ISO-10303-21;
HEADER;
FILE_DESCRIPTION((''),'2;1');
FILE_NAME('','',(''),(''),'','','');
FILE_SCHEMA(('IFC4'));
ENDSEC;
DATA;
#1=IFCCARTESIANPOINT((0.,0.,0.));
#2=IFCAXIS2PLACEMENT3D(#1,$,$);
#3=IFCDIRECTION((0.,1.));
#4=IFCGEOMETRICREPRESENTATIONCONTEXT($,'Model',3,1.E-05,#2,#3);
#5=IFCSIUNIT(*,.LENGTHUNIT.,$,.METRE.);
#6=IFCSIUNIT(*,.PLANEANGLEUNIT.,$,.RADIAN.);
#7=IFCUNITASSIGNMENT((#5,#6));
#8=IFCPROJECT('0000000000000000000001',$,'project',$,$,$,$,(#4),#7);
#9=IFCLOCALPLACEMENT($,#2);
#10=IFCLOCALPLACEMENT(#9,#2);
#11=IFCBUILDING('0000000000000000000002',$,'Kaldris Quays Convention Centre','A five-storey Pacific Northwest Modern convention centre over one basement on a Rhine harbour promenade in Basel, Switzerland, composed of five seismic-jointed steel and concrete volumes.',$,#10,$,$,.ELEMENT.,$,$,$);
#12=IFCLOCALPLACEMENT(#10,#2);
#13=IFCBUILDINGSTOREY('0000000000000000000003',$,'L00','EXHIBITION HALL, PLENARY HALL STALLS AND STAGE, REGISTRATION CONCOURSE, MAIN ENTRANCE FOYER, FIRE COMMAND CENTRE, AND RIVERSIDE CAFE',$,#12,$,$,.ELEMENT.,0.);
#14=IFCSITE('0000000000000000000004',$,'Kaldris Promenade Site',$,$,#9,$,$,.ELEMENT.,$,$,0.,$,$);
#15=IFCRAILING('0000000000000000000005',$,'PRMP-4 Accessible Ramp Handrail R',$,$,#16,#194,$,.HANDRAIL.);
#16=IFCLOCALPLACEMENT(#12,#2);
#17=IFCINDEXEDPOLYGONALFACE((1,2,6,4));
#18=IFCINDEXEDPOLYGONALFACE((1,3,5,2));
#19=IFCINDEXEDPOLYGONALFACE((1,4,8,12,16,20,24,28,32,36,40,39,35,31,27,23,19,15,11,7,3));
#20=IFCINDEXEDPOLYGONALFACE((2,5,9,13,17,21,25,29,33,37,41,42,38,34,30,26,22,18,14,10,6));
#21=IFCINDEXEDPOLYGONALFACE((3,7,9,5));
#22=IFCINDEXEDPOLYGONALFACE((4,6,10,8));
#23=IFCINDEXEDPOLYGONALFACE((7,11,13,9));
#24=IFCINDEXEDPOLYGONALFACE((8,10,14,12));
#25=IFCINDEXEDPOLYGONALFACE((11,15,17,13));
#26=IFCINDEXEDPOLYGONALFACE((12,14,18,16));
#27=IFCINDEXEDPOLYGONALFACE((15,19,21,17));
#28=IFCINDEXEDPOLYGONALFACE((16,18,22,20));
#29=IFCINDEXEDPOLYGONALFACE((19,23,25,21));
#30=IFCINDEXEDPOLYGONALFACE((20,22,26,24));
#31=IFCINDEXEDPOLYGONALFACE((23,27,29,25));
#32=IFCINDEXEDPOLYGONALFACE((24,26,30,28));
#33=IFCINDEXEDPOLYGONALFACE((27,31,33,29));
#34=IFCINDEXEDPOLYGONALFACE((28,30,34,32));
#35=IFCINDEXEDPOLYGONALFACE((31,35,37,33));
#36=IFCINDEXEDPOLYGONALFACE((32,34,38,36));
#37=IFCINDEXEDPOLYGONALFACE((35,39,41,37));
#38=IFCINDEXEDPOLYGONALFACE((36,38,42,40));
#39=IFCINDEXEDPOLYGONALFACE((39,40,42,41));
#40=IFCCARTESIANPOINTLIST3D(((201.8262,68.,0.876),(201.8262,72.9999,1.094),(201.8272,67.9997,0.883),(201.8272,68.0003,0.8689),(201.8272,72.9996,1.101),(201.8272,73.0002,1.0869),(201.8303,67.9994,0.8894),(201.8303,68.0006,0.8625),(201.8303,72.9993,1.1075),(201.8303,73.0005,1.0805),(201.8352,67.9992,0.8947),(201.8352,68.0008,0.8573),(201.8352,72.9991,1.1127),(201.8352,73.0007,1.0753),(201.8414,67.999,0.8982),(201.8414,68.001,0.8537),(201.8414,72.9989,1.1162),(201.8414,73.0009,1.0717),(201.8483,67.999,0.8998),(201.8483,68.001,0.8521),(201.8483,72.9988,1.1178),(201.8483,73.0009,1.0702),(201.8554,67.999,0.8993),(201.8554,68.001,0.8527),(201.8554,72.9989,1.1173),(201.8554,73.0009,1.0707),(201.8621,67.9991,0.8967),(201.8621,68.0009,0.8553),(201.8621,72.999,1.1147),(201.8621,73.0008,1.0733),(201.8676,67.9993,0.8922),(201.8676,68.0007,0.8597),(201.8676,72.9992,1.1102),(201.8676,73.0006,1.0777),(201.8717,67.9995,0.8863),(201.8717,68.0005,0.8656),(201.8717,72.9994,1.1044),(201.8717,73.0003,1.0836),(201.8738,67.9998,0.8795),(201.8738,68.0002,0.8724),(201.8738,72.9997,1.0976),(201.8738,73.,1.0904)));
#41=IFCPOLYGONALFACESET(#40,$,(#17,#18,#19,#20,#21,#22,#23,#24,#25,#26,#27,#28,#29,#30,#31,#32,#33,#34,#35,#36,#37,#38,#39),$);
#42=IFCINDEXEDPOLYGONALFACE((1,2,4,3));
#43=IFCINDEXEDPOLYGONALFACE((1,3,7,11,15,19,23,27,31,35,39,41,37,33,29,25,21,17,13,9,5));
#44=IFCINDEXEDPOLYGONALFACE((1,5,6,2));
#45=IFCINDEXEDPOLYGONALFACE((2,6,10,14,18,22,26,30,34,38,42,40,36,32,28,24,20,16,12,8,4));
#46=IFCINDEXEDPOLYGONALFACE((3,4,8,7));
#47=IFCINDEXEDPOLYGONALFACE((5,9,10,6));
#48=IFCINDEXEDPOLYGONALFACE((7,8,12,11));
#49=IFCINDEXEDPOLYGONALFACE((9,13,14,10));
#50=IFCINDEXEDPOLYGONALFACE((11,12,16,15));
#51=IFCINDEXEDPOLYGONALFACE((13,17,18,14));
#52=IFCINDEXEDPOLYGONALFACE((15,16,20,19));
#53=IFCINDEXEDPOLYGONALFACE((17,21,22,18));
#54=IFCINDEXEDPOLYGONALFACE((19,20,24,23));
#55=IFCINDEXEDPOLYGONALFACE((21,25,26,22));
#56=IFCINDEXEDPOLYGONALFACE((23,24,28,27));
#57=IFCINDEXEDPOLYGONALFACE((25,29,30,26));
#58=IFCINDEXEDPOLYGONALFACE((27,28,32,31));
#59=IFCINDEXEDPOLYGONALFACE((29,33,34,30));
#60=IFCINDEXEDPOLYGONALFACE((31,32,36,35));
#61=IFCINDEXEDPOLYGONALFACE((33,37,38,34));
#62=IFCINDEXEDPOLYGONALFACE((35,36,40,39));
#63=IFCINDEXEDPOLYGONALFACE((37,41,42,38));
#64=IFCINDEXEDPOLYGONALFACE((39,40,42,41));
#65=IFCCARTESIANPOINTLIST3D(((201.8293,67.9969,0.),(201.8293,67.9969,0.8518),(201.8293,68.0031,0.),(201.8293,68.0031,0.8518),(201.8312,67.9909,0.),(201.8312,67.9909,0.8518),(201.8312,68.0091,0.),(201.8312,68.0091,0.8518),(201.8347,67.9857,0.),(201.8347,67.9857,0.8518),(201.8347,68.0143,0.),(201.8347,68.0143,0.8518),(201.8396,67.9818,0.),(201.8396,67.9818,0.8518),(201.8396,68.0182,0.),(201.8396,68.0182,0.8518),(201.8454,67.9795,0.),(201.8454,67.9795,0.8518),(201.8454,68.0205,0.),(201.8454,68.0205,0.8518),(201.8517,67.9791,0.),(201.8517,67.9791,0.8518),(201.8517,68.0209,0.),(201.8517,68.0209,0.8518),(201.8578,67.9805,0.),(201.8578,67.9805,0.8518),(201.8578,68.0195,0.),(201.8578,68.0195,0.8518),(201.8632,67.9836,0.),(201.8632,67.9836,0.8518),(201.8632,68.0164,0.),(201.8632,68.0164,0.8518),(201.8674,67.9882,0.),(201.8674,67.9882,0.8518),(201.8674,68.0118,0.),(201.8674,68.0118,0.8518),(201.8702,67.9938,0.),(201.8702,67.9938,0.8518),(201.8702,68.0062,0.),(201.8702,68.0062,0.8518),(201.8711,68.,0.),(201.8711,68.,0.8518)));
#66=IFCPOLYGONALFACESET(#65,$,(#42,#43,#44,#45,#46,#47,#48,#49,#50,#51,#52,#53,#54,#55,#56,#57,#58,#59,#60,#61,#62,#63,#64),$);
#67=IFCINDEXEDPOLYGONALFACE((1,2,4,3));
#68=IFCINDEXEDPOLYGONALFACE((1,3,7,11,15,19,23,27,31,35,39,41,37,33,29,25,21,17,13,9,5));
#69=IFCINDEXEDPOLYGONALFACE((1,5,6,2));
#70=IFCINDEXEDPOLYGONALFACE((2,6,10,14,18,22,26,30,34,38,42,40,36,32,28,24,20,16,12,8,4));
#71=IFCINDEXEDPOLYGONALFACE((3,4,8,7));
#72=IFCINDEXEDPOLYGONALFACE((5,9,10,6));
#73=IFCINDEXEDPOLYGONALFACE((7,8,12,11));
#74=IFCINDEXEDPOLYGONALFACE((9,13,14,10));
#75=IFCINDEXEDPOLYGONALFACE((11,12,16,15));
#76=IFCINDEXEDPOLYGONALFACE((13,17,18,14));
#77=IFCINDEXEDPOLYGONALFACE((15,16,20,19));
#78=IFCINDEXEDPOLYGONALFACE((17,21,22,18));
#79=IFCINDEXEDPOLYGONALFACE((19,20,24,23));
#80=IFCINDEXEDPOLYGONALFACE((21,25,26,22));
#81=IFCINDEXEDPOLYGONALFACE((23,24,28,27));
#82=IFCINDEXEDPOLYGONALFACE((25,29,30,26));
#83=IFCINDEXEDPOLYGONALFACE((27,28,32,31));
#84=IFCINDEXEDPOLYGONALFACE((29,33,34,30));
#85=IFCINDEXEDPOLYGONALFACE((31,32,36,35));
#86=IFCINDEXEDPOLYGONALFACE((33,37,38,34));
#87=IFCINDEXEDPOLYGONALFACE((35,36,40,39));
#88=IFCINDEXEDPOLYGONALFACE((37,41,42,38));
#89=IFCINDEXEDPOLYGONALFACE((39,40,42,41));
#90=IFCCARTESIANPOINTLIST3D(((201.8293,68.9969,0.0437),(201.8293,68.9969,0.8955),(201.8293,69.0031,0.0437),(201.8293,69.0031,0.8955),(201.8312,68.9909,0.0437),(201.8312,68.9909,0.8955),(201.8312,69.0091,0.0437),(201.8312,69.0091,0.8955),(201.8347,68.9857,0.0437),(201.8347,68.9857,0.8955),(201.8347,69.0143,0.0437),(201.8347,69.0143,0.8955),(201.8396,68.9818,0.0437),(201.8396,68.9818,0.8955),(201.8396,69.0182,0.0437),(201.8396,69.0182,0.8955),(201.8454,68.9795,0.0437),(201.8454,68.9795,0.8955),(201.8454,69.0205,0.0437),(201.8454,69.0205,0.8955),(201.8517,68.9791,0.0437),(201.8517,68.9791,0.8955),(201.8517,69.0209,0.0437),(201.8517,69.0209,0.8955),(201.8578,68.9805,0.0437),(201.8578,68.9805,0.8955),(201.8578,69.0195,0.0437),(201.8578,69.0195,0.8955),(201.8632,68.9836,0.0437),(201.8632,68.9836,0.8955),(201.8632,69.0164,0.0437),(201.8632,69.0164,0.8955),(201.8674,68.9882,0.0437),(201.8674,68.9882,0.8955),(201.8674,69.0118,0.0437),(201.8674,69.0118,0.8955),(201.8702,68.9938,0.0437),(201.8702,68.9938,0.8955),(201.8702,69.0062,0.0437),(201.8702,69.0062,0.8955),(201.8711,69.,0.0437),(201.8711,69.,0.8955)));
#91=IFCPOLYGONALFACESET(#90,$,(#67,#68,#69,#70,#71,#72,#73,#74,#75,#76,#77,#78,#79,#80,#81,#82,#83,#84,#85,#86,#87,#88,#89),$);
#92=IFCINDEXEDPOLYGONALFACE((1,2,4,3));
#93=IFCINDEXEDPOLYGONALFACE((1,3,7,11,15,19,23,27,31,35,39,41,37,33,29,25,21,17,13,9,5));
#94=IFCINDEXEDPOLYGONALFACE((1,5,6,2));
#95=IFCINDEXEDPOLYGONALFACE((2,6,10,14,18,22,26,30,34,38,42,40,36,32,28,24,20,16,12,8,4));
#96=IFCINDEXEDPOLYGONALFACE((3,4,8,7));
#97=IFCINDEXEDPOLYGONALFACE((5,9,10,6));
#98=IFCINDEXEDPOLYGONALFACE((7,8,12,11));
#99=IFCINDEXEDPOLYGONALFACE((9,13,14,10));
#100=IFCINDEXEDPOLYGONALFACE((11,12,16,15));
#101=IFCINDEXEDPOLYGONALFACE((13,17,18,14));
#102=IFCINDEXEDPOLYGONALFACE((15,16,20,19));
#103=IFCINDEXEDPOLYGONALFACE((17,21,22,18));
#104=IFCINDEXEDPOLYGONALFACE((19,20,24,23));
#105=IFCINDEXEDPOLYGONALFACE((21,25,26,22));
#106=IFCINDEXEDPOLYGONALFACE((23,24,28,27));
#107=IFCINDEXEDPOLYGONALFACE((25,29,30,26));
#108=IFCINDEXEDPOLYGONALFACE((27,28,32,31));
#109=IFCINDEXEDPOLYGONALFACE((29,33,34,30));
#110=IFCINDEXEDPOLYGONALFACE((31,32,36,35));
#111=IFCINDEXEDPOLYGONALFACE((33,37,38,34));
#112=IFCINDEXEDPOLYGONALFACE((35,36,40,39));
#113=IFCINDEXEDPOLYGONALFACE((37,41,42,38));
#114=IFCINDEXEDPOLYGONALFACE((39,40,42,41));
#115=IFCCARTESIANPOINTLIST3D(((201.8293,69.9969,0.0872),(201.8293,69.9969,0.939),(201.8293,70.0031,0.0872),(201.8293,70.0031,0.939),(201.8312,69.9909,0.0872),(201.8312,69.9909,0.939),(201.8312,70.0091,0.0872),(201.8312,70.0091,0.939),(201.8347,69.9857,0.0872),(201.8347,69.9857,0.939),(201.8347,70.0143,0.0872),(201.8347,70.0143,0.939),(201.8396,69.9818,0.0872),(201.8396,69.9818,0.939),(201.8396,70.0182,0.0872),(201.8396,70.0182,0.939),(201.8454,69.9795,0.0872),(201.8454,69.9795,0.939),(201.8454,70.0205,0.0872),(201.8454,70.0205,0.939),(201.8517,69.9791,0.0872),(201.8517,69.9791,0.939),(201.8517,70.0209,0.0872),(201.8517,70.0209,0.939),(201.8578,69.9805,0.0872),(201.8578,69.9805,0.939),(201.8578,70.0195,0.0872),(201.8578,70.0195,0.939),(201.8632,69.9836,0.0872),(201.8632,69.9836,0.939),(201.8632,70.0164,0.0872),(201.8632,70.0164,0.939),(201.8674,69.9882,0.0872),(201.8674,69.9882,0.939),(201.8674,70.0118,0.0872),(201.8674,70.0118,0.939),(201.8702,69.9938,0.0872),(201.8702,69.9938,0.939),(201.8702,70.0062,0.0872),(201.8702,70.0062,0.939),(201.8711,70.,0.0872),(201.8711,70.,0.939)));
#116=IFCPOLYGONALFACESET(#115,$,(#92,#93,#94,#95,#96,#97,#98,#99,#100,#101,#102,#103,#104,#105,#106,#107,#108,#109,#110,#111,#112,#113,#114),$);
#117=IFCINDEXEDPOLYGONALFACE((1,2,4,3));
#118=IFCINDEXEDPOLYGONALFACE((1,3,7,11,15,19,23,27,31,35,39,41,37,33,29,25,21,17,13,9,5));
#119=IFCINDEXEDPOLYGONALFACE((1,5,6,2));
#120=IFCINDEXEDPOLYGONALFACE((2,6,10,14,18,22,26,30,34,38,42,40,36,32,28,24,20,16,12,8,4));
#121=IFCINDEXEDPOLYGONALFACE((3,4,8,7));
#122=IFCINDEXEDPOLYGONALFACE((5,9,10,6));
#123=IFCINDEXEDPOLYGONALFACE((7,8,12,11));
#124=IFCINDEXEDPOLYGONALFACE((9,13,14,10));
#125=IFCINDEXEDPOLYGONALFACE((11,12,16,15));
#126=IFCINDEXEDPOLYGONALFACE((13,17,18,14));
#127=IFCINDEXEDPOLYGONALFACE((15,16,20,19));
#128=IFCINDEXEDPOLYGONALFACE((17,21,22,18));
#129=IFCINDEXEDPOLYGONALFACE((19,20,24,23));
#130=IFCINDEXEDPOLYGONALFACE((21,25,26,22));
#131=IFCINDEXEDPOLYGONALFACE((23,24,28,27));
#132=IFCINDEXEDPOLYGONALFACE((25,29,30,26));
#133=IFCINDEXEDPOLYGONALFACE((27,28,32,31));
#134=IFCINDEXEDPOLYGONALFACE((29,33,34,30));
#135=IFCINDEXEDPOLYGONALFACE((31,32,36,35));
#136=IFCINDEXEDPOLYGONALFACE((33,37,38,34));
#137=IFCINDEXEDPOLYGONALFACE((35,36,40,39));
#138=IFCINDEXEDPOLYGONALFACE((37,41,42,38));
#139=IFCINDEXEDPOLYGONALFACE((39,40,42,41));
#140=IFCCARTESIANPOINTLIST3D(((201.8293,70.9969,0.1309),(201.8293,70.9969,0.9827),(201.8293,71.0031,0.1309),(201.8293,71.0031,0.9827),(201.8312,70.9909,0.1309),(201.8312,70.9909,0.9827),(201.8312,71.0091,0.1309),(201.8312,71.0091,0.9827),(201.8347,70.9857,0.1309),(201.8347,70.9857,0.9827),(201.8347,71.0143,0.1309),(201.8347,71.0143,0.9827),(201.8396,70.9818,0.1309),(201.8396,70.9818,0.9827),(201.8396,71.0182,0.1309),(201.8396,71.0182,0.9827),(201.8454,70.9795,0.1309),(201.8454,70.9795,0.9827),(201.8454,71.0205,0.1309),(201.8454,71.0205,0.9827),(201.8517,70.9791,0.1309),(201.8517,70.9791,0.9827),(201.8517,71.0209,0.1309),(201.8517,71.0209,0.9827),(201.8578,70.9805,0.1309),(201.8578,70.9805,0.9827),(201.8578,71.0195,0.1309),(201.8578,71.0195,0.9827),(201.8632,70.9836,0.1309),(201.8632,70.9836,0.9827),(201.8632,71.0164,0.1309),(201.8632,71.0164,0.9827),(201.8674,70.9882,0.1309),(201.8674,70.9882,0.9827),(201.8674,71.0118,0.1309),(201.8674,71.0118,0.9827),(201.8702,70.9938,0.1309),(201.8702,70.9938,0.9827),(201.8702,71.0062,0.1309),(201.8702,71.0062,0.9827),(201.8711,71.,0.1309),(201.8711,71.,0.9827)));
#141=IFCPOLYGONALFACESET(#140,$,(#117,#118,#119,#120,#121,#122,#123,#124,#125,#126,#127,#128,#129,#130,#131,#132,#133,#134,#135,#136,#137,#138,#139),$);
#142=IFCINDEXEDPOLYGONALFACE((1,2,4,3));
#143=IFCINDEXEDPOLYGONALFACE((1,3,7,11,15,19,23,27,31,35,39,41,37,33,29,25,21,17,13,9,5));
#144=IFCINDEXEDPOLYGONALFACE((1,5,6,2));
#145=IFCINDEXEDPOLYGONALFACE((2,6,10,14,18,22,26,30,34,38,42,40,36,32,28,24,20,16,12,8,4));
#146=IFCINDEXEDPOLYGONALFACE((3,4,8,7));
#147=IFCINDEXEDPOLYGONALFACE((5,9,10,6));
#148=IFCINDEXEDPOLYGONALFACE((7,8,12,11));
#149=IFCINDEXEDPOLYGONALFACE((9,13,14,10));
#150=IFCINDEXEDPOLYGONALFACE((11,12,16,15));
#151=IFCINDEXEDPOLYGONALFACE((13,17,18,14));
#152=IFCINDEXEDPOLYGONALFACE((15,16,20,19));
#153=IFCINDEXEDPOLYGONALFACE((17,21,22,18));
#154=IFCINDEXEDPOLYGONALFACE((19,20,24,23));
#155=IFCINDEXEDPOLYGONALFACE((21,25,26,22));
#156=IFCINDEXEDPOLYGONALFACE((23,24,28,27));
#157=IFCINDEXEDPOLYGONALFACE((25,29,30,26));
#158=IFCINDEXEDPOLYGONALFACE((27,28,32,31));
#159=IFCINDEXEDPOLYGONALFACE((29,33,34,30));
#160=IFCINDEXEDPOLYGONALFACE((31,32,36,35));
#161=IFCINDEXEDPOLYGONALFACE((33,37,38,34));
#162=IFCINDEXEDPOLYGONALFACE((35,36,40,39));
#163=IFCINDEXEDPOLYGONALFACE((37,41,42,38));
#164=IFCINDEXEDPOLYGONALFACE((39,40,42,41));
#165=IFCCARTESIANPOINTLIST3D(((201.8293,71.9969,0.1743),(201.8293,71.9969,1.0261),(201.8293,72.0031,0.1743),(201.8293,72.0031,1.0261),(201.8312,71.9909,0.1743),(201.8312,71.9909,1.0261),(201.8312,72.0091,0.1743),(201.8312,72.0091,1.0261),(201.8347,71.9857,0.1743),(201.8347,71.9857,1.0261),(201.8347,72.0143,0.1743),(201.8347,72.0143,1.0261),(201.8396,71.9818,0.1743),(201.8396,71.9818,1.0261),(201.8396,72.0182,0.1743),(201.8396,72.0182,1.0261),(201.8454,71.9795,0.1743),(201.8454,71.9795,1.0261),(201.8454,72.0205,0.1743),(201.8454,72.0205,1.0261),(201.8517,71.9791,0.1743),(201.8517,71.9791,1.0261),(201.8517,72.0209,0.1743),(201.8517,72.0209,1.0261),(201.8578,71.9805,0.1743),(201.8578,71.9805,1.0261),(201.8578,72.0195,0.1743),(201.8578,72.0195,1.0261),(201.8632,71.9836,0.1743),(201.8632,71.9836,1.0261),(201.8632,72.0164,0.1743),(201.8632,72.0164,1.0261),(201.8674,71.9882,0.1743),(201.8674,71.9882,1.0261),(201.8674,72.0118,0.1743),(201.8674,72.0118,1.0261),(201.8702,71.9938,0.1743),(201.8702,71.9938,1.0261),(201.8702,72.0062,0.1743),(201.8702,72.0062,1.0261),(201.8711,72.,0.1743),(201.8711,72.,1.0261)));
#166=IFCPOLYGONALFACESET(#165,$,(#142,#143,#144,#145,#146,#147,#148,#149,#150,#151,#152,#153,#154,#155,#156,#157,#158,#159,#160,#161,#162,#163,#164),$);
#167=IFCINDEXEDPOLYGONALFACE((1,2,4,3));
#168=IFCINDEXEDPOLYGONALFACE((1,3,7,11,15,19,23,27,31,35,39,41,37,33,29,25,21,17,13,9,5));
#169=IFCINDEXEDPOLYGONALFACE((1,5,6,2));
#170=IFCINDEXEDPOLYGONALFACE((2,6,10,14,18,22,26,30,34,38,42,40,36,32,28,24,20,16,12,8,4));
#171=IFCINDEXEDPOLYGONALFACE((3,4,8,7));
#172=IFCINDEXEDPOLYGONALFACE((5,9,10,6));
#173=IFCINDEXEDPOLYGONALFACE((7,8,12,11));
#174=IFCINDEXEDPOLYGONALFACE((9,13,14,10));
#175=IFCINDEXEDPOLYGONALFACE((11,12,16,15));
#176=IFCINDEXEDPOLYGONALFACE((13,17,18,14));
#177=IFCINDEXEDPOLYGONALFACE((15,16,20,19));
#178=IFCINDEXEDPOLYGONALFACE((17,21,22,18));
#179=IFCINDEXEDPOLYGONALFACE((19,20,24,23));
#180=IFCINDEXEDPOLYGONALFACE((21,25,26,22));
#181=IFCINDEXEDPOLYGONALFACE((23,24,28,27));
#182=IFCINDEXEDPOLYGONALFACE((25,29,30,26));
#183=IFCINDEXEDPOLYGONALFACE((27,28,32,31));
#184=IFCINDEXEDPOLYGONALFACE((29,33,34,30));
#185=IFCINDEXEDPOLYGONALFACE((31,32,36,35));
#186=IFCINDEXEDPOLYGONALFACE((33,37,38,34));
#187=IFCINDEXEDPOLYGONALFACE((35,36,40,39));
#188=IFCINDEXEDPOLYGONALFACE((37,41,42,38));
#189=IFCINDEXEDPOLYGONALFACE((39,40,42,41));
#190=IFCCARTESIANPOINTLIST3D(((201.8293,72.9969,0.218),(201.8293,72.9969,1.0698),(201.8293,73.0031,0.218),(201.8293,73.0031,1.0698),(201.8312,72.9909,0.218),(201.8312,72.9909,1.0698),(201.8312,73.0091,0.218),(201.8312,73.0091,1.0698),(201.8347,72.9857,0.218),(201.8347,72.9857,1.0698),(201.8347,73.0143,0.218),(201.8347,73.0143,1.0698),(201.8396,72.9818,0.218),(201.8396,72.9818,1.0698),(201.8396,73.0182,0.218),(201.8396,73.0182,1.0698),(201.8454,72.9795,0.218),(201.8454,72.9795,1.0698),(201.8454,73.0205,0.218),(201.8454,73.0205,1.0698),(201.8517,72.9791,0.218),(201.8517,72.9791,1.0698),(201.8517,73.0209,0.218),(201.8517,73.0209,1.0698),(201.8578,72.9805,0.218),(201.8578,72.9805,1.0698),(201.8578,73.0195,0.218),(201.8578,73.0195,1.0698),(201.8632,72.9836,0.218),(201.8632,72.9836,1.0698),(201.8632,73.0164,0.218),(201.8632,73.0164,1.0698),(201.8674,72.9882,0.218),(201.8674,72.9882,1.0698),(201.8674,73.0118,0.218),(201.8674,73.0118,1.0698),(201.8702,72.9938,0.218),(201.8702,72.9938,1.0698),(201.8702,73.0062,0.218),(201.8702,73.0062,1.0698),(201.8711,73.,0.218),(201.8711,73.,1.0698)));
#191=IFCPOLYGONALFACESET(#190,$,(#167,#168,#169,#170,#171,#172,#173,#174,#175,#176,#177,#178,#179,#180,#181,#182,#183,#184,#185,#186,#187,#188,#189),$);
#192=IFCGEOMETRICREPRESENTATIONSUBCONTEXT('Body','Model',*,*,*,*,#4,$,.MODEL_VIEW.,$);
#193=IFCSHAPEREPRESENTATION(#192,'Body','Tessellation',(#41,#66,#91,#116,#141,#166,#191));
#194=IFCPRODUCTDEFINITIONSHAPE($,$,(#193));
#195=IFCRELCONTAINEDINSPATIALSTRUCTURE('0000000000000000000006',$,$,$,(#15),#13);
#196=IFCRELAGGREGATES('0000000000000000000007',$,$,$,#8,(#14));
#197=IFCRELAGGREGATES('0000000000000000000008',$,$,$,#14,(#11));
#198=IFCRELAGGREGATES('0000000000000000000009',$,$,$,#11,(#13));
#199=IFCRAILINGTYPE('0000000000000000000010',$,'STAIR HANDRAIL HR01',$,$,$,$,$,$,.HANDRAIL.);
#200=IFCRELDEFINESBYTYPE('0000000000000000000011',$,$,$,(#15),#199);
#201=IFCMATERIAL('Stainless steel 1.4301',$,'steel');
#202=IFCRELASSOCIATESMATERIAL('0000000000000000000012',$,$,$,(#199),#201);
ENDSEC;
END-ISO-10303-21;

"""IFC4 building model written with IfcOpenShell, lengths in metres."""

from ifc_helpers import new_model, si_unit, direction, frame, origin, origin_2d, place, context, subcontext, project, spatial, circle, extrude, material, type_object, element, save


model = new_model("IFC4")

# Units and contexts
model_context = context("Model", 3, precision=1e-05, world=origin(), true_north=direction((0.0, 1.0)))
body_context = subcontext(model_context, "Body", "Model", "MODEL_VIEW")
ifc_project = project(units=[si_unit("LENGTHUNIT", "METRE"), si_unit("PLANEANGLEUNIT", "RADIAN")], contexts=[model_context])

# Site, building, storey
site_placement = place(None, origin())
site = spatial("IfcSite", under=ifc_project, at=site_placement, Name="Kaldris Promenade Site", CompositionType="ELEMENT", RefElevation=0.0)
building_placement = place(site_placement, origin())
building = spatial("IfcBuilding", under=site, at=building_placement, Name="Kaldris Quays Convention Centre", Description="A five-storey Pacific Northwest Modern convention centre over one basement on a Rhine harbour promenade in Basel, Switzerland, composed of five seismic-jointed steel and concrete volumes.", CompositionType="ELEMENT")
storey_placement = place(building_placement, origin())
storey = spatial("IfcBuildingStorey", under=building, at=storey_placement, Name="L00", Description="EXHIBITION HALL, PLENARY HALL STALLS AND STAGE, REGISTRATION CONCOURSE, MAIN ENTRANCE FOYER, FIRE COMMAND CENTRE, AND RIVERSIDE CAFE", CompositionType="ELEMENT", Elevation=0.0)

# Railing
ifc_material_1 = material(Name="Stainless steel 1.4301", Category="steel")
railing_type_1 = type_object("IfcRailingType", Name="STAIR HANDRAIL HR01", PredefinedType="HANDRAIL", material=ifc_material_1)
for number, where, name in (
    (1, (201.8501, 68.0, 0.0), "PRMP-4 Accessible Ramp Handrail R"),
):
    element("IfcRailing", number, at=place(storey_placement, frame(where)), inside=storey, type_object=railing_type_1, Name=name, PredefinedType="HANDRAIL", context=body_context, shape_type="SweptSolid", body=[
        extrude(circle(Radius=0.0239, at=origin_2d()), frame((0.0, 0.0, 0.876), z_axis=(0.0, 0.999051, 0.043562), x_axis=(-1.0, 0.0, 0.0)), (0.0, 0.0, 1.0), 5.0046),
        extrude(circle(Radius=0.021, at=origin_2d()), origin(), (0.0, 0.0, 1.0), 0.8518),
        extrude(circle(Radius=0.021, at=origin_2d()), frame((0.0, 1.0, 0.0437)), (0.0, 0.0, 1.0), 0.8518),
        extrude(circle(Radius=0.021, at=origin_2d()), frame((0.0, 2.0, 0.0872)), (0.0, 0.0, 1.0), 0.8518),
        extrude(circle(Radius=0.021, at=origin_2d()), frame((0.0, 3.0, 0.1309)), (0.0, 0.0, 1.0), 0.8518),
        extrude(circle(Radius=0.021, at=origin_2d()), frame((0.0, 4.0, 0.1743)), (0.0, 0.0, 1.0), 0.8518),
        extrude(circle(Radius=0.021, at=origin_2d()), frame((0.0, 5.0, 0.218)), (0.0, 0.0, 1.0), 0.8518),
    ])

save(model, "model.ifc")
